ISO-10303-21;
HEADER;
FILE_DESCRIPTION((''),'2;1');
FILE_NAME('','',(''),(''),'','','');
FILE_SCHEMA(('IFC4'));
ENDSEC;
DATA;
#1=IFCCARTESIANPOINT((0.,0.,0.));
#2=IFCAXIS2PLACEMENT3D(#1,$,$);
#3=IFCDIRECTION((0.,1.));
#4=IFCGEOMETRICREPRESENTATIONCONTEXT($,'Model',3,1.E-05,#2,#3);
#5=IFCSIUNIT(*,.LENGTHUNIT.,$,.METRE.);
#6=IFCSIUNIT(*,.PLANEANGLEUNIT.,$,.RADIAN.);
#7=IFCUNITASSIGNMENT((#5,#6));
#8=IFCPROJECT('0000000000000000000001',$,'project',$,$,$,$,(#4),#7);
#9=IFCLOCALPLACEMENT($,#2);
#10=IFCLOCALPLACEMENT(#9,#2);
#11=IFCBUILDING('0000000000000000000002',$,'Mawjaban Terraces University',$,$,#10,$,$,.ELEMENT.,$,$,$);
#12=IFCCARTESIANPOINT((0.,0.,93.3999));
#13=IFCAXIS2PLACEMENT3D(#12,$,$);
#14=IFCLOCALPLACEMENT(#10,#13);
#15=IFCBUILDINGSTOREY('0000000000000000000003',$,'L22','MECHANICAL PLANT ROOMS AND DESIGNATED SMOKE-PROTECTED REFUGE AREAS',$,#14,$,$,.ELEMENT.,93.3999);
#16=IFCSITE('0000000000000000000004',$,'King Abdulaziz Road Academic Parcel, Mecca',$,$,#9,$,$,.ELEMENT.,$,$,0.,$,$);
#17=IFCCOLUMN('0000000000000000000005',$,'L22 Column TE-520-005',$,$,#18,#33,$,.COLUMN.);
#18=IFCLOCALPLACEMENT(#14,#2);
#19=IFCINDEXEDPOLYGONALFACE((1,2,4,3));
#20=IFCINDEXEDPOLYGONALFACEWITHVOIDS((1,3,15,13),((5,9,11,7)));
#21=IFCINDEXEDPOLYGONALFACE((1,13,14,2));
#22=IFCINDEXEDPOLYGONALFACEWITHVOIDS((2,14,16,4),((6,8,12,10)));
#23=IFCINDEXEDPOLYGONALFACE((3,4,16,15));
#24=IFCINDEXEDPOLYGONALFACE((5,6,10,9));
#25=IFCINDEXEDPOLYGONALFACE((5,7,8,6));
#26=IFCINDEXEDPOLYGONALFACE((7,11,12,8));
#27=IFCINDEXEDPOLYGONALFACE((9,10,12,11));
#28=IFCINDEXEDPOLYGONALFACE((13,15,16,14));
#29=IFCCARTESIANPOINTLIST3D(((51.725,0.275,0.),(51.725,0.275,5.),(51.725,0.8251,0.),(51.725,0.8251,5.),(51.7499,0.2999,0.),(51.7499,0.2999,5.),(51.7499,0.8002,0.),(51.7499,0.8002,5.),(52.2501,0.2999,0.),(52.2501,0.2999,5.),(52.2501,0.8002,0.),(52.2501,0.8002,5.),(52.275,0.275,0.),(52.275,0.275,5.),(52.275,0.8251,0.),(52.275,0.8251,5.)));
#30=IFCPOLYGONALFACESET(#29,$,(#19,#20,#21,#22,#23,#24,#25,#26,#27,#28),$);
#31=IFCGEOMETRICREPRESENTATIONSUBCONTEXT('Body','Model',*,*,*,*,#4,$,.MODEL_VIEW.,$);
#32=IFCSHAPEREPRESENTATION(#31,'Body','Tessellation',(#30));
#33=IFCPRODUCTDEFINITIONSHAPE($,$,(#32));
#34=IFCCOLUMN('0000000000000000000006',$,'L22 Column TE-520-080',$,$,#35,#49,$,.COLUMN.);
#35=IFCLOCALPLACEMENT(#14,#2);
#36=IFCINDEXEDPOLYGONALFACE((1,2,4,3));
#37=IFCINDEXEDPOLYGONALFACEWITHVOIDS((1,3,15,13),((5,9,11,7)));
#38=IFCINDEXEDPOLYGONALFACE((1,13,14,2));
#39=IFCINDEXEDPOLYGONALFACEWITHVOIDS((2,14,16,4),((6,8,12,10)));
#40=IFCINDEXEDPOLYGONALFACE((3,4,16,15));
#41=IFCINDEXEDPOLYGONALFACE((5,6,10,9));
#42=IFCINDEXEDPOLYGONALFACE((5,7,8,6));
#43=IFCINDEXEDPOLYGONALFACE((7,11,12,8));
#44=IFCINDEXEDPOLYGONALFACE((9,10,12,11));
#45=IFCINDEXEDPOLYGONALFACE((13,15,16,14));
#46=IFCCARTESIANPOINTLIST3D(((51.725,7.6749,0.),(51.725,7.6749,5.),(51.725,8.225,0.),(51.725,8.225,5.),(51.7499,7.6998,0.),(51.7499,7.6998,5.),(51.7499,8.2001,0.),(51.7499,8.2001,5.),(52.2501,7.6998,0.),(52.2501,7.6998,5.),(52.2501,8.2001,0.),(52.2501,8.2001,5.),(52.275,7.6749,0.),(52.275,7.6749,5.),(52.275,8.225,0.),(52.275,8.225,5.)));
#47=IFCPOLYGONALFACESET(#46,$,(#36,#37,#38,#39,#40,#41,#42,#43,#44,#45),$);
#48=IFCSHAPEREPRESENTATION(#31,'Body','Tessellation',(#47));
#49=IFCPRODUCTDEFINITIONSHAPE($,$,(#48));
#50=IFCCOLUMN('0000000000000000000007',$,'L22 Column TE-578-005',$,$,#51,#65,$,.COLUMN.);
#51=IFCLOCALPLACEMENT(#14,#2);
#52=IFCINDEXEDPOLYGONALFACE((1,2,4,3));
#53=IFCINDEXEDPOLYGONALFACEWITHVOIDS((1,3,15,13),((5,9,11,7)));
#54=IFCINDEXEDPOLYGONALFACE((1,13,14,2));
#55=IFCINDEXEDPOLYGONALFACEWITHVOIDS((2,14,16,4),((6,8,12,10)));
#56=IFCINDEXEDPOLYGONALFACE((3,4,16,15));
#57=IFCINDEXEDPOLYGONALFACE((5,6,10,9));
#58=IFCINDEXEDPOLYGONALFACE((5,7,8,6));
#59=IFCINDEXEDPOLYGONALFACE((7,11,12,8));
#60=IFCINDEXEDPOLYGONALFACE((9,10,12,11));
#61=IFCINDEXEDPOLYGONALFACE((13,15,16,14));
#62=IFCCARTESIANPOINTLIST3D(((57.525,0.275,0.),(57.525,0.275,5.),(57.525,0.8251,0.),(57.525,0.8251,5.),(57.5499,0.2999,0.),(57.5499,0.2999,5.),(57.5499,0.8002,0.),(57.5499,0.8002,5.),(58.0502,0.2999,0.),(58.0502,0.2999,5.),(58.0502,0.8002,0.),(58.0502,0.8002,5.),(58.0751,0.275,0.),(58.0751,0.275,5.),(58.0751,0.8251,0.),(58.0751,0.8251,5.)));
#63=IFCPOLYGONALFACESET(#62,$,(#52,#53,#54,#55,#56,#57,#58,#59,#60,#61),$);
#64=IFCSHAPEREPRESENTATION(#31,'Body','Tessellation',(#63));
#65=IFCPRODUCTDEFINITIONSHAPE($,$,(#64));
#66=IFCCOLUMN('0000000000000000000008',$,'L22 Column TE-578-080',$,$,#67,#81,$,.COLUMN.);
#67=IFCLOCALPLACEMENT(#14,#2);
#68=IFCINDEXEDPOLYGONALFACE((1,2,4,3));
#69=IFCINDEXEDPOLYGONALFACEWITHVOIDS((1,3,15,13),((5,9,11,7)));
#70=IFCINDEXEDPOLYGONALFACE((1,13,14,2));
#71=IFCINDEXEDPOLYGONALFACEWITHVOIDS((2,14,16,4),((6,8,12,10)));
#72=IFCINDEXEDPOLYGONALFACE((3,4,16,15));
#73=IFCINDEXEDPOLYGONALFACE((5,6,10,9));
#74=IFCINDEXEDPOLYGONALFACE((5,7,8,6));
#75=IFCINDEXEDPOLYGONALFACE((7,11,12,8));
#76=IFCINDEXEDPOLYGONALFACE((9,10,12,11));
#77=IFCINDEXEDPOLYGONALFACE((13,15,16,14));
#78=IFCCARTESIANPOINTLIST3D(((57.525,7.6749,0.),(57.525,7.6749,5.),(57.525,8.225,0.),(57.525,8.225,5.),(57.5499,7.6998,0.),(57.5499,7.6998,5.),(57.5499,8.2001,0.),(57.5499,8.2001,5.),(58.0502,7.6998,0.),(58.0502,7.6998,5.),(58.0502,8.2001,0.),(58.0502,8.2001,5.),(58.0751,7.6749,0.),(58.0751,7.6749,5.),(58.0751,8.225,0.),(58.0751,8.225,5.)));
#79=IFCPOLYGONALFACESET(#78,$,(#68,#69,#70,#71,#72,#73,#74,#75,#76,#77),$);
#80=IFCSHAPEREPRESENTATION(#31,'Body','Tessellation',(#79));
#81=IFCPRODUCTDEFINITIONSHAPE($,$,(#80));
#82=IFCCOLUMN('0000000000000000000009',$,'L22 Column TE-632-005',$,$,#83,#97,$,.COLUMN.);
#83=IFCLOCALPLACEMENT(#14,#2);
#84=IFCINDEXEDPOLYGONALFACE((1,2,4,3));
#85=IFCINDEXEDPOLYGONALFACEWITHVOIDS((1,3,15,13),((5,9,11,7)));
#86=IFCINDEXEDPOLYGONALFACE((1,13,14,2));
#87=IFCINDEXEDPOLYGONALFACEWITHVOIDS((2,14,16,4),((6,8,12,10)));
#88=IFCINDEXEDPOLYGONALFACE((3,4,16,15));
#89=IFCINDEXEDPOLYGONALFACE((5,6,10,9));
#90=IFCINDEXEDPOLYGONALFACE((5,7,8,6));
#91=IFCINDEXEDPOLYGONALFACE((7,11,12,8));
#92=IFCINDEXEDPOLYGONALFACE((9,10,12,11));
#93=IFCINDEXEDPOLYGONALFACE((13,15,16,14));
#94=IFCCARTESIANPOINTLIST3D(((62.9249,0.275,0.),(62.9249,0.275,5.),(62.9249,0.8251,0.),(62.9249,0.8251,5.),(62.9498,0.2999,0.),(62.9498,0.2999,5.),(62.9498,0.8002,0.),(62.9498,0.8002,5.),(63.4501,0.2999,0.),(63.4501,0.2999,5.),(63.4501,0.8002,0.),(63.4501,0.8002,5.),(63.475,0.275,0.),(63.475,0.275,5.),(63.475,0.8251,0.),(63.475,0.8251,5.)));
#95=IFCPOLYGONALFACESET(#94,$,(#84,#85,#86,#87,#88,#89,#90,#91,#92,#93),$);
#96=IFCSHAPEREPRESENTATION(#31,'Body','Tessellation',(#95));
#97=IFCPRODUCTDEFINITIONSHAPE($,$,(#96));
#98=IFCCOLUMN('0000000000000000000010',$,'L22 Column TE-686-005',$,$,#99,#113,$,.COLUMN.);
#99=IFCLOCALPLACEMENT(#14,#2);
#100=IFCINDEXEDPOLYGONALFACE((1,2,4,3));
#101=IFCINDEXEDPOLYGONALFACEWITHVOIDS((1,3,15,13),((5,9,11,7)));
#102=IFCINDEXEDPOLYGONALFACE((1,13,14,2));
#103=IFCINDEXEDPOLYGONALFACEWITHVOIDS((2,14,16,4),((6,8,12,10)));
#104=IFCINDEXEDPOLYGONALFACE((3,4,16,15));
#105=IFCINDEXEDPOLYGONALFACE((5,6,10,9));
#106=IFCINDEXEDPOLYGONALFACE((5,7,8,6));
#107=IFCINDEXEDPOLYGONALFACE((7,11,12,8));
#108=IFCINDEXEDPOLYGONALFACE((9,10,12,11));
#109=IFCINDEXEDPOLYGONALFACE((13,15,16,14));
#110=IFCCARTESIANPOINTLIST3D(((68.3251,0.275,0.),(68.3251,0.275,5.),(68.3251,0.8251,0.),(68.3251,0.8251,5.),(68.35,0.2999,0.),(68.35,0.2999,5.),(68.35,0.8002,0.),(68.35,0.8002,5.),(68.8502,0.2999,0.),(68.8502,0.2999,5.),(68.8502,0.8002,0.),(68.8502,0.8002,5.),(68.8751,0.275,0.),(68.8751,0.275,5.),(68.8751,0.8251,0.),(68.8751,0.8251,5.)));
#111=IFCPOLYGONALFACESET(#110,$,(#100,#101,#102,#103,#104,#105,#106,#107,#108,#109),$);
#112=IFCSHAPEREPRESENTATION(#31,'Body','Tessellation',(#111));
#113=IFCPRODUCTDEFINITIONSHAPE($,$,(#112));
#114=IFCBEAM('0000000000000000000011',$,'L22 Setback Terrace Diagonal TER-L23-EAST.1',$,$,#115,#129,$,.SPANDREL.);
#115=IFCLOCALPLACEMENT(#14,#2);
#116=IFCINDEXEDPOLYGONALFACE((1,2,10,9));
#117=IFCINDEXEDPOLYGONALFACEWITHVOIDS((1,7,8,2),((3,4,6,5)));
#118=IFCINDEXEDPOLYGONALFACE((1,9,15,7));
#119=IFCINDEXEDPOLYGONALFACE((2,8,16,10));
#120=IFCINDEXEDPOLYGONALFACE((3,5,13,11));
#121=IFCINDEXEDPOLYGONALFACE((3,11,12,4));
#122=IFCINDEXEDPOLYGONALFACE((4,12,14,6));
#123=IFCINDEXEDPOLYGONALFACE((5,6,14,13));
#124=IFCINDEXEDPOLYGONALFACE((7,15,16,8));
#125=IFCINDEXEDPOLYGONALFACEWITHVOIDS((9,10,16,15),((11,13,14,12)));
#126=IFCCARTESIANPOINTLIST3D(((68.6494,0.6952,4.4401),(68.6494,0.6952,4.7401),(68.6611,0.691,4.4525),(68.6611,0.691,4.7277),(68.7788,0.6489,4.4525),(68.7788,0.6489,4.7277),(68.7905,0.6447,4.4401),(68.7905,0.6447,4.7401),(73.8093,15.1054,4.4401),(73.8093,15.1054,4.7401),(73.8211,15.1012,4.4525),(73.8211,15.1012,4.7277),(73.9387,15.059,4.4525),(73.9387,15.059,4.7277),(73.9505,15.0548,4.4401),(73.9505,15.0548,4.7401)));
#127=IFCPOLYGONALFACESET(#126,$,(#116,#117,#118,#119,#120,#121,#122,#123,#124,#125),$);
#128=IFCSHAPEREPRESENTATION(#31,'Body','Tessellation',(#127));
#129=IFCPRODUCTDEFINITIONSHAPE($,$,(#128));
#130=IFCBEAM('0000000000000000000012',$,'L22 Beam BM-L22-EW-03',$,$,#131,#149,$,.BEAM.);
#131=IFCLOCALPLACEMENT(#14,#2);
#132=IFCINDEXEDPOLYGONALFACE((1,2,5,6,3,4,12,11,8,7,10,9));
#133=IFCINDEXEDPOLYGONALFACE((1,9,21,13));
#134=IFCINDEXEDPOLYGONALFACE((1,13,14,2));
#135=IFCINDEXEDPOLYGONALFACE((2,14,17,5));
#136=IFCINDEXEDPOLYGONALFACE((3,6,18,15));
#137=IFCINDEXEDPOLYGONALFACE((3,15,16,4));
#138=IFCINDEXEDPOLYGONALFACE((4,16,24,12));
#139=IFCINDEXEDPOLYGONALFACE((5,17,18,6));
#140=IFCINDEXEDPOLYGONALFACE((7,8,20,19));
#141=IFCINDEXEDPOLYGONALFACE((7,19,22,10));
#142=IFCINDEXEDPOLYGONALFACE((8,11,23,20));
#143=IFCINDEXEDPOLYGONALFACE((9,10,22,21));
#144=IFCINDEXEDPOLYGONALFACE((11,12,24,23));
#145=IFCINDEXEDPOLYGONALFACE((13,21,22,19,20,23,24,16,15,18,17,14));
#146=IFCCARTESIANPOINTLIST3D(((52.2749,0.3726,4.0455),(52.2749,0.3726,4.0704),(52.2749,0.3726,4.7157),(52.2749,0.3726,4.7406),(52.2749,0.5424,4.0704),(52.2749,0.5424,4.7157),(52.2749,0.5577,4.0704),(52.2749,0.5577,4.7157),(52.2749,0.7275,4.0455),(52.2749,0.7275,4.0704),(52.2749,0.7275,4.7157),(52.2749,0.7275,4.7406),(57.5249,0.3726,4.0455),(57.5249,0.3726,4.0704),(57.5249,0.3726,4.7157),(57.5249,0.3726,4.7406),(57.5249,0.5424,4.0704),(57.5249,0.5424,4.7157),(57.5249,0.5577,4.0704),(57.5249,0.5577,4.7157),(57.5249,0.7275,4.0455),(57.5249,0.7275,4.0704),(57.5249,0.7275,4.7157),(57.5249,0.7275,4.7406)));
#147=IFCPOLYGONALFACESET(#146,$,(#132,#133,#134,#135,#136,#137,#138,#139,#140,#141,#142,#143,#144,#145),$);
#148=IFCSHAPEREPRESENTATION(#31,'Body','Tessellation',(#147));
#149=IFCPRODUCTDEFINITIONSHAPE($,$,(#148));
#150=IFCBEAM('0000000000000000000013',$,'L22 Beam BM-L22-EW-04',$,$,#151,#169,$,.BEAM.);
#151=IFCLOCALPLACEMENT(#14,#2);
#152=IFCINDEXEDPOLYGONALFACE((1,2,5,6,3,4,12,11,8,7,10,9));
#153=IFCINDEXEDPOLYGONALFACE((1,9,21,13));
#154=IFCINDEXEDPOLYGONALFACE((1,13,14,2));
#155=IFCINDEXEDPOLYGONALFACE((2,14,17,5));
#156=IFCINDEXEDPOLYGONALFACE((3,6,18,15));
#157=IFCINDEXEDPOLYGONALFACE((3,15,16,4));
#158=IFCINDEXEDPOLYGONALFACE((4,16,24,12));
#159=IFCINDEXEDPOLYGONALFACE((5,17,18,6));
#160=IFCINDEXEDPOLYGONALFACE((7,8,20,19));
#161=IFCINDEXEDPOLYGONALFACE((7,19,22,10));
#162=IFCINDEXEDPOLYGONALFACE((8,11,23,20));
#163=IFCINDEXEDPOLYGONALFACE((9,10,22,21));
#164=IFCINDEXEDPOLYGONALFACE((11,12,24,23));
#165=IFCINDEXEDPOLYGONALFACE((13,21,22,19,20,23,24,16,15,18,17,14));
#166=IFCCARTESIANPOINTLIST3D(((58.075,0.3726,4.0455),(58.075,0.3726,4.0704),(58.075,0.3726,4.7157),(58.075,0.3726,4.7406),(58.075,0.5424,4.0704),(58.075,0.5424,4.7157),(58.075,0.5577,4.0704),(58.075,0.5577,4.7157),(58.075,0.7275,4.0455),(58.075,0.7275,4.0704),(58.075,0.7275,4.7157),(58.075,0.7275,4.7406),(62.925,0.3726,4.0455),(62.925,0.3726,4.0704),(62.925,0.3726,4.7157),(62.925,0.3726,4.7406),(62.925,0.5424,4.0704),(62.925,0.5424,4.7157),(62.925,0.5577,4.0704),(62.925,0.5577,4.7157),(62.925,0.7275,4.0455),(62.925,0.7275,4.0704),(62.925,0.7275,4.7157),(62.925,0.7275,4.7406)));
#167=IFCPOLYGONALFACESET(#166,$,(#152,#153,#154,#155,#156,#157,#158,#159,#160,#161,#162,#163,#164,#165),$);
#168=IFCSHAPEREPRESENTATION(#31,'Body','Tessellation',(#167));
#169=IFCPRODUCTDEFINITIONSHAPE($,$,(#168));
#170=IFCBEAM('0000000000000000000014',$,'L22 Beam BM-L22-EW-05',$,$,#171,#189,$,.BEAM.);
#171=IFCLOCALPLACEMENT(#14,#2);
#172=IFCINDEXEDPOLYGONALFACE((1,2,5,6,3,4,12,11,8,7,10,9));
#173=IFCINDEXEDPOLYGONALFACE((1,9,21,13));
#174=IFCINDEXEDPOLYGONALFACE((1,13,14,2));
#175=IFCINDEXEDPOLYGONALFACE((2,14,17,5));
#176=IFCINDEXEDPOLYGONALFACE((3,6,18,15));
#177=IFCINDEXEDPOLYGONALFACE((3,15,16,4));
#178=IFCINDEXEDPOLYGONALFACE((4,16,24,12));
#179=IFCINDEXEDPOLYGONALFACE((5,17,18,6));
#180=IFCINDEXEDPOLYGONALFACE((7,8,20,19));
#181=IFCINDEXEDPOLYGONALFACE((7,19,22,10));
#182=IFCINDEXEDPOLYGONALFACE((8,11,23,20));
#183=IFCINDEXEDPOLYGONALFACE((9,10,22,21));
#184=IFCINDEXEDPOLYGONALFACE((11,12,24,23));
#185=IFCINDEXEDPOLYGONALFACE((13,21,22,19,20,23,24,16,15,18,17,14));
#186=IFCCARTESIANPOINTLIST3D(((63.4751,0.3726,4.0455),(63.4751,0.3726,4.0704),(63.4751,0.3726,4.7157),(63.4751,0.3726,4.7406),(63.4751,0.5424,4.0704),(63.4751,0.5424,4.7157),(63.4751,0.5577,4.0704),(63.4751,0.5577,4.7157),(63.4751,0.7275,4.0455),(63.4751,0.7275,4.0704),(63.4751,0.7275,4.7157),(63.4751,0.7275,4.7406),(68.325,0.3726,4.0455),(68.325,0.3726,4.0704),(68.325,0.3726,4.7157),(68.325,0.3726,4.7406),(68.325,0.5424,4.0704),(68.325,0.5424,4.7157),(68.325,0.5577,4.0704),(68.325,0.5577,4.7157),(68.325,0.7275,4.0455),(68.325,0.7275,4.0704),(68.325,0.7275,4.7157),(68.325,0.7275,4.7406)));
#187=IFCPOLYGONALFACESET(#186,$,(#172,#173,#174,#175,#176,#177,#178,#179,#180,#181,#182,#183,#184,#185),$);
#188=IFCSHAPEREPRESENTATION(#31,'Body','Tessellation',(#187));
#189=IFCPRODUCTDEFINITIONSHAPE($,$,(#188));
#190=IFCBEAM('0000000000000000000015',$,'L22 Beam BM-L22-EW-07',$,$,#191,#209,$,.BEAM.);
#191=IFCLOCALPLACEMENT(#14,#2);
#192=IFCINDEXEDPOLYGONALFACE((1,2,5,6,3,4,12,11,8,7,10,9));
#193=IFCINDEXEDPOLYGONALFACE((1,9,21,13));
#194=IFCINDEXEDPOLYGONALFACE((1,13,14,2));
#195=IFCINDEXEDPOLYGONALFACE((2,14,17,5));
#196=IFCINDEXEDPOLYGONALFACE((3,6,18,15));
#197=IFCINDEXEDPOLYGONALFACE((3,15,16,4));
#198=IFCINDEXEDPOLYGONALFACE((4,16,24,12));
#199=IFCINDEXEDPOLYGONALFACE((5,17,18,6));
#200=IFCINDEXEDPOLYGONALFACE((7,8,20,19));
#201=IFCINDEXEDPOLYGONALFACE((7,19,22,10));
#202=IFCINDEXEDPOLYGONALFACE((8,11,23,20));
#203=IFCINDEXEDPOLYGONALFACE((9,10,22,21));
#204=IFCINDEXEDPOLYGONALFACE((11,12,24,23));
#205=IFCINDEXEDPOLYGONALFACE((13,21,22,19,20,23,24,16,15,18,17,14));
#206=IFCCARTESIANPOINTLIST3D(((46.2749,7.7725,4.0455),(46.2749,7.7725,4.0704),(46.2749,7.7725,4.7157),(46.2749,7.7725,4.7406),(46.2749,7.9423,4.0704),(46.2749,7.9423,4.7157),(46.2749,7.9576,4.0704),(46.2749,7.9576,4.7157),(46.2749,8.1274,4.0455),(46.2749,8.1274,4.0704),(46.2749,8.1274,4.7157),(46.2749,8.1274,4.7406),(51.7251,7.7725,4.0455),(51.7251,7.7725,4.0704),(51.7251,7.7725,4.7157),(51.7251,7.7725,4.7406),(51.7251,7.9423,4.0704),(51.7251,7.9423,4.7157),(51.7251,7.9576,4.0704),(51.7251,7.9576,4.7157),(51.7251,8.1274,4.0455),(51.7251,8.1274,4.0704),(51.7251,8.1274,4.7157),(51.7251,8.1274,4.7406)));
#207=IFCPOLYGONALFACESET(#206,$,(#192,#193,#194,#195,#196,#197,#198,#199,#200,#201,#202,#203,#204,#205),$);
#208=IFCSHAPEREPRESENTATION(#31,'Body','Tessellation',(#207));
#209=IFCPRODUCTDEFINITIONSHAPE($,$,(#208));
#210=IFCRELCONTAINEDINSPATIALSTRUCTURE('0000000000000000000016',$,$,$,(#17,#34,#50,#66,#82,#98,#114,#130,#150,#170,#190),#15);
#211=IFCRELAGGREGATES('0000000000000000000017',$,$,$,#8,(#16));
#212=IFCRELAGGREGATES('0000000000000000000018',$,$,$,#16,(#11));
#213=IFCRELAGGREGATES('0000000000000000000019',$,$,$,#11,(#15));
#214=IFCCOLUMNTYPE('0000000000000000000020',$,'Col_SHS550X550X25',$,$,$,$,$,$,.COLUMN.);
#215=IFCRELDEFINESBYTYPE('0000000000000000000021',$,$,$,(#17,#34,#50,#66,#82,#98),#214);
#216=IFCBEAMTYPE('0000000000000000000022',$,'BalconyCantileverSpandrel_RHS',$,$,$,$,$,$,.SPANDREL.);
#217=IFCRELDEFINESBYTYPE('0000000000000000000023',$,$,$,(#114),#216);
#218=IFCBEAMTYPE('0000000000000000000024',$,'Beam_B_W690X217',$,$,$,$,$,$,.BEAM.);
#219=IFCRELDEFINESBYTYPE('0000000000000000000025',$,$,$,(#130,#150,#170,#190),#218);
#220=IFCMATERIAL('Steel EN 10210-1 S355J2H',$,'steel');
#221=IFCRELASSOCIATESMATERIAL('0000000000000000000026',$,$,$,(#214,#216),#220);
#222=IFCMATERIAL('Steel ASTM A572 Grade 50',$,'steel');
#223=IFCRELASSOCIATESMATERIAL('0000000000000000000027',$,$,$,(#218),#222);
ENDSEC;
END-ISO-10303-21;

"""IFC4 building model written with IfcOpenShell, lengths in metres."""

from ifc_helpers import new_model, si_unit, direction, frame, origin, origin_2d, place, context, subcontext, project, spatial, hollow_rectangle, i_section, extrude, material, material_profile, profile_set, type_object, element, save


model = new_model("IFC4")

# Units and contexts
model_context = context("Model", 3, precision=1e-05, world=origin(), true_north=direction((0.0, 1.0)))
body_context = subcontext(model_context, "Body", "Model", "MODEL_VIEW")
ifc_project = project(units=[si_unit("LENGTHUNIT", "METRE"), si_unit("PLANEANGLEUNIT", "RADIAN")], contexts=[model_context])

# Site, building, storey
site_placement = place(None, origin())
site = spatial("IfcSite", under=ifc_project, at=site_placement, Name="King Abdulaziz Road Academic Parcel, Mecca", CompositionType="ELEMENT", RefElevation=0.0)
building_placement = place(site_placement, origin())
building = spatial("IfcBuilding", under=site, at=building_placement, Name="Mawjaban Terraces University", CompositionType="ELEMENT")
storey_placement = place(building_placement, frame((0.0, 0.0, 93.3999)))
storey = spatial("IfcBuildingStorey", under=building, at=storey_placement, Name="L22", Description="MECHANICAL PLANT ROOMS AND DESIGNATED SMOKE-PROTECTED REFUGE AREAS", CompositionType="ELEMENT", Elevation=93.3999)

# Columns
ifc_material_1 = material(Name="Steel EN 10210-1 S355J2H", Category="steel")
ifc_material_profile_1 = material_profile(ifc_material_1, hollow_rectangle(XDim=0.55, YDim=0.55, WallThickness=0.0249, at=origin_2d()), Name="SHS550X550X25")
ifc_profile_set_1 = profile_set([ifc_material_profile_1], Name="Steel EN 10210-1 S355J2H")
column_type = type_object("IfcColumnType", Name="Col_SHS550X550X25", PredefinedType="COLUMN", material=ifc_profile_set_1)
for number, where, z_axis, x_axis, name in (
    (1, (52.0, 0.55, 0.0), (0.0, 0.0, 1.0), (1.0, 0.0, 0.0), "L22 Column TE-520-005"),
    (2, (52.0, 7.95, 0.0), (0.0, 0.0, 1.0), (1.0, 0.0, 0.0), "L22 Column TE-520-080"),
    (3, (57.8, 0.55, 0.0), (0.0, 0.0, 1.0), (1.0, 0.0, 0.0), "L22 Column TE-578-005"),
    (4, (57.8, 7.95, 0.0), (0.0, 0.0, 1.0), (1.0, 0.0, 0.0), "L22 Column TE-578-080"),
    (5, (63.2, 0.55, 0.0), (0.0, 0.0, 1.0), (1.0, 0.0, 0.0), "L22 Column TE-632-005"),
    (6, (68.6001, 0.55, 0.0), (0.0, 0.0, 1.0), (1.0, 0.0, 0.0), "L22 Column TE-686-005"),
):
    element("IfcColumn", number, at=place(storey_placement, frame(where, z_axis=z_axis, x_axis=x_axis)), inside=storey, type_object=column_type, Name=name, PredefinedType="COLUMN", context=body_context, shape_type="SweptSolid", body=[
        extrude(hollow_rectangle(XDim=0.55, YDim=0.55, WallThickness=0.0249, at=origin_2d()), origin(), (0.0, 0.0, 1.0), 5.0),
    ])

# Beams
ifc_material_profile_2 = material_profile(ifc_material_1, hollow_rectangle(XDim=0.1499, YDim=0.3, WallThickness=0.0125, at=origin_2d()), Name="RHS300X150X12.5")
ifc_profile_set_2 = profile_set([ifc_material_profile_2], Name="Steel EN 10210-1 S355J2H")
beam_type_1 = type_object("IfcBeamType", Name="BalconyCantileverSpandrel_RHS", PredefinedType="SPANDREL", material=ifc_profile_set_2)
beam_1_placement = place(storey_placement, frame((68.72, 0.6699, 4.5901), z_axis=(0.337114, 0.941464, 0.0), x_axis=(-0.941464, 0.337114, 0.0)))
element("IfcBeam", 7, at=beam_1_placement, inside=storey, type_object=beam_type_1, Name="L22 Setback Terrace Diagonal TER-L23-EAST.1", PredefinedType="SPANDREL", context=body_context, shape_type="SweptSolid", body=[
    extrude(hollow_rectangle(XDim=0.1499, YDim=0.3, WallThickness=0.0125, at=origin_2d()), origin(), (0.0, 0.0, 1.0), 15.3062),
])
ifc_material_2 = material(Name="Steel ASTM A572 Grade 50", Category="steel")
ifc_material_profile_3 = material_profile(ifc_material_2, i_section(OverallWidth=0.355, OverallDepth=0.6951, WebThickness=0.0154, FlangeThickness=0.0249, at=origin_2d()), Name="W690X217")
ifc_profile_set_3 = profile_set([ifc_material_profile_3], Name="Steel ASTM A572 Grade 50")
beam_type_2 = type_object("IfcBeamType", Name="Beam_B_W690X217", PredefinedType="BEAM", material=ifc_profile_set_3)
beam_2_placement = place(storey_placement, frame((52.2749, 0.55, 4.3931), z_axis=(1.0, 0.0, 0.0), x_axis=(0.0, 1.0, 0.0)))
element("IfcBeam", 8, at=beam_2_placement, inside=storey, type_object=beam_type_2, Name="L22 Beam BM-L22-EW-03", PredefinedType="BEAM", context=body_context, shape_type="SweptSolid", body=[
    extrude(i_section(OverallWidth=0.355, OverallDepth=0.6951, WebThickness=0.0154, FlangeThickness=0.0249, at=origin_2d()), origin(), (0.0, 0.0, 1.0), 5.25),
])
beam_3_placement = place(storey_placement, frame((58.075, 0.55, 4.3931), z_axis=(1.0, 0.0, 0.0), x_axis=(0.0, 1.0, 0.0)))
element("IfcBeam", 9, at=beam_3_placement, inside=storey, type_object=beam_type_2, Name="L22 Beam BM-L22-EW-04", PredefinedType="BEAM", context=body_context, shape_type="SweptSolid", body=[
    extrude(i_section(OverallWidth=0.355, OverallDepth=0.6951, WebThickness=0.0154, FlangeThickness=0.0249, at=origin_2d()), origin(), (0.0, 0.0, 1.0), 4.8501),
])
beam_4_placement = place(storey_placement, frame((63.4751, 0.55, 4.3931), z_axis=(1.0, 0.0, 0.0), x_axis=(0.0, 1.0, 0.0)))
element("IfcBeam", 10, at=beam_4_placement, inside=storey, type_object=beam_type_2, Name="L22 Beam BM-L22-EW-05", PredefinedType="BEAM", context=body_context, shape_type="SweptSolid", body=[
    extrude(i_section(OverallWidth=0.355, OverallDepth=0.6951, WebThickness=0.0154, FlangeThickness=0.0249, at=origin_2d()), origin(), (0.0, 0.0, 1.0), 4.8499),
])
beam_5_placement = place(storey_placement, frame((46.2749, 7.95, 4.3931), z_axis=(1.0, 0.0, 0.0), x_axis=(0.0, 1.0, 0.0)))
element("IfcBeam", 11, at=beam_5_placement, inside=storey, type_object=beam_type_2, Name="L22 Beam BM-L22-EW-07", PredefinedType="BEAM", context=body_context, shape_type="SweptSolid", body=[
    extrude(i_section(OverallWidth=0.355, OverallDepth=0.6951, WebThickness=0.0154, FlangeThickness=0.0249, at=origin_2d()), origin(), (0.0, 0.0, 1.0), 5.4502),
])

save(model, "model.ifc")
